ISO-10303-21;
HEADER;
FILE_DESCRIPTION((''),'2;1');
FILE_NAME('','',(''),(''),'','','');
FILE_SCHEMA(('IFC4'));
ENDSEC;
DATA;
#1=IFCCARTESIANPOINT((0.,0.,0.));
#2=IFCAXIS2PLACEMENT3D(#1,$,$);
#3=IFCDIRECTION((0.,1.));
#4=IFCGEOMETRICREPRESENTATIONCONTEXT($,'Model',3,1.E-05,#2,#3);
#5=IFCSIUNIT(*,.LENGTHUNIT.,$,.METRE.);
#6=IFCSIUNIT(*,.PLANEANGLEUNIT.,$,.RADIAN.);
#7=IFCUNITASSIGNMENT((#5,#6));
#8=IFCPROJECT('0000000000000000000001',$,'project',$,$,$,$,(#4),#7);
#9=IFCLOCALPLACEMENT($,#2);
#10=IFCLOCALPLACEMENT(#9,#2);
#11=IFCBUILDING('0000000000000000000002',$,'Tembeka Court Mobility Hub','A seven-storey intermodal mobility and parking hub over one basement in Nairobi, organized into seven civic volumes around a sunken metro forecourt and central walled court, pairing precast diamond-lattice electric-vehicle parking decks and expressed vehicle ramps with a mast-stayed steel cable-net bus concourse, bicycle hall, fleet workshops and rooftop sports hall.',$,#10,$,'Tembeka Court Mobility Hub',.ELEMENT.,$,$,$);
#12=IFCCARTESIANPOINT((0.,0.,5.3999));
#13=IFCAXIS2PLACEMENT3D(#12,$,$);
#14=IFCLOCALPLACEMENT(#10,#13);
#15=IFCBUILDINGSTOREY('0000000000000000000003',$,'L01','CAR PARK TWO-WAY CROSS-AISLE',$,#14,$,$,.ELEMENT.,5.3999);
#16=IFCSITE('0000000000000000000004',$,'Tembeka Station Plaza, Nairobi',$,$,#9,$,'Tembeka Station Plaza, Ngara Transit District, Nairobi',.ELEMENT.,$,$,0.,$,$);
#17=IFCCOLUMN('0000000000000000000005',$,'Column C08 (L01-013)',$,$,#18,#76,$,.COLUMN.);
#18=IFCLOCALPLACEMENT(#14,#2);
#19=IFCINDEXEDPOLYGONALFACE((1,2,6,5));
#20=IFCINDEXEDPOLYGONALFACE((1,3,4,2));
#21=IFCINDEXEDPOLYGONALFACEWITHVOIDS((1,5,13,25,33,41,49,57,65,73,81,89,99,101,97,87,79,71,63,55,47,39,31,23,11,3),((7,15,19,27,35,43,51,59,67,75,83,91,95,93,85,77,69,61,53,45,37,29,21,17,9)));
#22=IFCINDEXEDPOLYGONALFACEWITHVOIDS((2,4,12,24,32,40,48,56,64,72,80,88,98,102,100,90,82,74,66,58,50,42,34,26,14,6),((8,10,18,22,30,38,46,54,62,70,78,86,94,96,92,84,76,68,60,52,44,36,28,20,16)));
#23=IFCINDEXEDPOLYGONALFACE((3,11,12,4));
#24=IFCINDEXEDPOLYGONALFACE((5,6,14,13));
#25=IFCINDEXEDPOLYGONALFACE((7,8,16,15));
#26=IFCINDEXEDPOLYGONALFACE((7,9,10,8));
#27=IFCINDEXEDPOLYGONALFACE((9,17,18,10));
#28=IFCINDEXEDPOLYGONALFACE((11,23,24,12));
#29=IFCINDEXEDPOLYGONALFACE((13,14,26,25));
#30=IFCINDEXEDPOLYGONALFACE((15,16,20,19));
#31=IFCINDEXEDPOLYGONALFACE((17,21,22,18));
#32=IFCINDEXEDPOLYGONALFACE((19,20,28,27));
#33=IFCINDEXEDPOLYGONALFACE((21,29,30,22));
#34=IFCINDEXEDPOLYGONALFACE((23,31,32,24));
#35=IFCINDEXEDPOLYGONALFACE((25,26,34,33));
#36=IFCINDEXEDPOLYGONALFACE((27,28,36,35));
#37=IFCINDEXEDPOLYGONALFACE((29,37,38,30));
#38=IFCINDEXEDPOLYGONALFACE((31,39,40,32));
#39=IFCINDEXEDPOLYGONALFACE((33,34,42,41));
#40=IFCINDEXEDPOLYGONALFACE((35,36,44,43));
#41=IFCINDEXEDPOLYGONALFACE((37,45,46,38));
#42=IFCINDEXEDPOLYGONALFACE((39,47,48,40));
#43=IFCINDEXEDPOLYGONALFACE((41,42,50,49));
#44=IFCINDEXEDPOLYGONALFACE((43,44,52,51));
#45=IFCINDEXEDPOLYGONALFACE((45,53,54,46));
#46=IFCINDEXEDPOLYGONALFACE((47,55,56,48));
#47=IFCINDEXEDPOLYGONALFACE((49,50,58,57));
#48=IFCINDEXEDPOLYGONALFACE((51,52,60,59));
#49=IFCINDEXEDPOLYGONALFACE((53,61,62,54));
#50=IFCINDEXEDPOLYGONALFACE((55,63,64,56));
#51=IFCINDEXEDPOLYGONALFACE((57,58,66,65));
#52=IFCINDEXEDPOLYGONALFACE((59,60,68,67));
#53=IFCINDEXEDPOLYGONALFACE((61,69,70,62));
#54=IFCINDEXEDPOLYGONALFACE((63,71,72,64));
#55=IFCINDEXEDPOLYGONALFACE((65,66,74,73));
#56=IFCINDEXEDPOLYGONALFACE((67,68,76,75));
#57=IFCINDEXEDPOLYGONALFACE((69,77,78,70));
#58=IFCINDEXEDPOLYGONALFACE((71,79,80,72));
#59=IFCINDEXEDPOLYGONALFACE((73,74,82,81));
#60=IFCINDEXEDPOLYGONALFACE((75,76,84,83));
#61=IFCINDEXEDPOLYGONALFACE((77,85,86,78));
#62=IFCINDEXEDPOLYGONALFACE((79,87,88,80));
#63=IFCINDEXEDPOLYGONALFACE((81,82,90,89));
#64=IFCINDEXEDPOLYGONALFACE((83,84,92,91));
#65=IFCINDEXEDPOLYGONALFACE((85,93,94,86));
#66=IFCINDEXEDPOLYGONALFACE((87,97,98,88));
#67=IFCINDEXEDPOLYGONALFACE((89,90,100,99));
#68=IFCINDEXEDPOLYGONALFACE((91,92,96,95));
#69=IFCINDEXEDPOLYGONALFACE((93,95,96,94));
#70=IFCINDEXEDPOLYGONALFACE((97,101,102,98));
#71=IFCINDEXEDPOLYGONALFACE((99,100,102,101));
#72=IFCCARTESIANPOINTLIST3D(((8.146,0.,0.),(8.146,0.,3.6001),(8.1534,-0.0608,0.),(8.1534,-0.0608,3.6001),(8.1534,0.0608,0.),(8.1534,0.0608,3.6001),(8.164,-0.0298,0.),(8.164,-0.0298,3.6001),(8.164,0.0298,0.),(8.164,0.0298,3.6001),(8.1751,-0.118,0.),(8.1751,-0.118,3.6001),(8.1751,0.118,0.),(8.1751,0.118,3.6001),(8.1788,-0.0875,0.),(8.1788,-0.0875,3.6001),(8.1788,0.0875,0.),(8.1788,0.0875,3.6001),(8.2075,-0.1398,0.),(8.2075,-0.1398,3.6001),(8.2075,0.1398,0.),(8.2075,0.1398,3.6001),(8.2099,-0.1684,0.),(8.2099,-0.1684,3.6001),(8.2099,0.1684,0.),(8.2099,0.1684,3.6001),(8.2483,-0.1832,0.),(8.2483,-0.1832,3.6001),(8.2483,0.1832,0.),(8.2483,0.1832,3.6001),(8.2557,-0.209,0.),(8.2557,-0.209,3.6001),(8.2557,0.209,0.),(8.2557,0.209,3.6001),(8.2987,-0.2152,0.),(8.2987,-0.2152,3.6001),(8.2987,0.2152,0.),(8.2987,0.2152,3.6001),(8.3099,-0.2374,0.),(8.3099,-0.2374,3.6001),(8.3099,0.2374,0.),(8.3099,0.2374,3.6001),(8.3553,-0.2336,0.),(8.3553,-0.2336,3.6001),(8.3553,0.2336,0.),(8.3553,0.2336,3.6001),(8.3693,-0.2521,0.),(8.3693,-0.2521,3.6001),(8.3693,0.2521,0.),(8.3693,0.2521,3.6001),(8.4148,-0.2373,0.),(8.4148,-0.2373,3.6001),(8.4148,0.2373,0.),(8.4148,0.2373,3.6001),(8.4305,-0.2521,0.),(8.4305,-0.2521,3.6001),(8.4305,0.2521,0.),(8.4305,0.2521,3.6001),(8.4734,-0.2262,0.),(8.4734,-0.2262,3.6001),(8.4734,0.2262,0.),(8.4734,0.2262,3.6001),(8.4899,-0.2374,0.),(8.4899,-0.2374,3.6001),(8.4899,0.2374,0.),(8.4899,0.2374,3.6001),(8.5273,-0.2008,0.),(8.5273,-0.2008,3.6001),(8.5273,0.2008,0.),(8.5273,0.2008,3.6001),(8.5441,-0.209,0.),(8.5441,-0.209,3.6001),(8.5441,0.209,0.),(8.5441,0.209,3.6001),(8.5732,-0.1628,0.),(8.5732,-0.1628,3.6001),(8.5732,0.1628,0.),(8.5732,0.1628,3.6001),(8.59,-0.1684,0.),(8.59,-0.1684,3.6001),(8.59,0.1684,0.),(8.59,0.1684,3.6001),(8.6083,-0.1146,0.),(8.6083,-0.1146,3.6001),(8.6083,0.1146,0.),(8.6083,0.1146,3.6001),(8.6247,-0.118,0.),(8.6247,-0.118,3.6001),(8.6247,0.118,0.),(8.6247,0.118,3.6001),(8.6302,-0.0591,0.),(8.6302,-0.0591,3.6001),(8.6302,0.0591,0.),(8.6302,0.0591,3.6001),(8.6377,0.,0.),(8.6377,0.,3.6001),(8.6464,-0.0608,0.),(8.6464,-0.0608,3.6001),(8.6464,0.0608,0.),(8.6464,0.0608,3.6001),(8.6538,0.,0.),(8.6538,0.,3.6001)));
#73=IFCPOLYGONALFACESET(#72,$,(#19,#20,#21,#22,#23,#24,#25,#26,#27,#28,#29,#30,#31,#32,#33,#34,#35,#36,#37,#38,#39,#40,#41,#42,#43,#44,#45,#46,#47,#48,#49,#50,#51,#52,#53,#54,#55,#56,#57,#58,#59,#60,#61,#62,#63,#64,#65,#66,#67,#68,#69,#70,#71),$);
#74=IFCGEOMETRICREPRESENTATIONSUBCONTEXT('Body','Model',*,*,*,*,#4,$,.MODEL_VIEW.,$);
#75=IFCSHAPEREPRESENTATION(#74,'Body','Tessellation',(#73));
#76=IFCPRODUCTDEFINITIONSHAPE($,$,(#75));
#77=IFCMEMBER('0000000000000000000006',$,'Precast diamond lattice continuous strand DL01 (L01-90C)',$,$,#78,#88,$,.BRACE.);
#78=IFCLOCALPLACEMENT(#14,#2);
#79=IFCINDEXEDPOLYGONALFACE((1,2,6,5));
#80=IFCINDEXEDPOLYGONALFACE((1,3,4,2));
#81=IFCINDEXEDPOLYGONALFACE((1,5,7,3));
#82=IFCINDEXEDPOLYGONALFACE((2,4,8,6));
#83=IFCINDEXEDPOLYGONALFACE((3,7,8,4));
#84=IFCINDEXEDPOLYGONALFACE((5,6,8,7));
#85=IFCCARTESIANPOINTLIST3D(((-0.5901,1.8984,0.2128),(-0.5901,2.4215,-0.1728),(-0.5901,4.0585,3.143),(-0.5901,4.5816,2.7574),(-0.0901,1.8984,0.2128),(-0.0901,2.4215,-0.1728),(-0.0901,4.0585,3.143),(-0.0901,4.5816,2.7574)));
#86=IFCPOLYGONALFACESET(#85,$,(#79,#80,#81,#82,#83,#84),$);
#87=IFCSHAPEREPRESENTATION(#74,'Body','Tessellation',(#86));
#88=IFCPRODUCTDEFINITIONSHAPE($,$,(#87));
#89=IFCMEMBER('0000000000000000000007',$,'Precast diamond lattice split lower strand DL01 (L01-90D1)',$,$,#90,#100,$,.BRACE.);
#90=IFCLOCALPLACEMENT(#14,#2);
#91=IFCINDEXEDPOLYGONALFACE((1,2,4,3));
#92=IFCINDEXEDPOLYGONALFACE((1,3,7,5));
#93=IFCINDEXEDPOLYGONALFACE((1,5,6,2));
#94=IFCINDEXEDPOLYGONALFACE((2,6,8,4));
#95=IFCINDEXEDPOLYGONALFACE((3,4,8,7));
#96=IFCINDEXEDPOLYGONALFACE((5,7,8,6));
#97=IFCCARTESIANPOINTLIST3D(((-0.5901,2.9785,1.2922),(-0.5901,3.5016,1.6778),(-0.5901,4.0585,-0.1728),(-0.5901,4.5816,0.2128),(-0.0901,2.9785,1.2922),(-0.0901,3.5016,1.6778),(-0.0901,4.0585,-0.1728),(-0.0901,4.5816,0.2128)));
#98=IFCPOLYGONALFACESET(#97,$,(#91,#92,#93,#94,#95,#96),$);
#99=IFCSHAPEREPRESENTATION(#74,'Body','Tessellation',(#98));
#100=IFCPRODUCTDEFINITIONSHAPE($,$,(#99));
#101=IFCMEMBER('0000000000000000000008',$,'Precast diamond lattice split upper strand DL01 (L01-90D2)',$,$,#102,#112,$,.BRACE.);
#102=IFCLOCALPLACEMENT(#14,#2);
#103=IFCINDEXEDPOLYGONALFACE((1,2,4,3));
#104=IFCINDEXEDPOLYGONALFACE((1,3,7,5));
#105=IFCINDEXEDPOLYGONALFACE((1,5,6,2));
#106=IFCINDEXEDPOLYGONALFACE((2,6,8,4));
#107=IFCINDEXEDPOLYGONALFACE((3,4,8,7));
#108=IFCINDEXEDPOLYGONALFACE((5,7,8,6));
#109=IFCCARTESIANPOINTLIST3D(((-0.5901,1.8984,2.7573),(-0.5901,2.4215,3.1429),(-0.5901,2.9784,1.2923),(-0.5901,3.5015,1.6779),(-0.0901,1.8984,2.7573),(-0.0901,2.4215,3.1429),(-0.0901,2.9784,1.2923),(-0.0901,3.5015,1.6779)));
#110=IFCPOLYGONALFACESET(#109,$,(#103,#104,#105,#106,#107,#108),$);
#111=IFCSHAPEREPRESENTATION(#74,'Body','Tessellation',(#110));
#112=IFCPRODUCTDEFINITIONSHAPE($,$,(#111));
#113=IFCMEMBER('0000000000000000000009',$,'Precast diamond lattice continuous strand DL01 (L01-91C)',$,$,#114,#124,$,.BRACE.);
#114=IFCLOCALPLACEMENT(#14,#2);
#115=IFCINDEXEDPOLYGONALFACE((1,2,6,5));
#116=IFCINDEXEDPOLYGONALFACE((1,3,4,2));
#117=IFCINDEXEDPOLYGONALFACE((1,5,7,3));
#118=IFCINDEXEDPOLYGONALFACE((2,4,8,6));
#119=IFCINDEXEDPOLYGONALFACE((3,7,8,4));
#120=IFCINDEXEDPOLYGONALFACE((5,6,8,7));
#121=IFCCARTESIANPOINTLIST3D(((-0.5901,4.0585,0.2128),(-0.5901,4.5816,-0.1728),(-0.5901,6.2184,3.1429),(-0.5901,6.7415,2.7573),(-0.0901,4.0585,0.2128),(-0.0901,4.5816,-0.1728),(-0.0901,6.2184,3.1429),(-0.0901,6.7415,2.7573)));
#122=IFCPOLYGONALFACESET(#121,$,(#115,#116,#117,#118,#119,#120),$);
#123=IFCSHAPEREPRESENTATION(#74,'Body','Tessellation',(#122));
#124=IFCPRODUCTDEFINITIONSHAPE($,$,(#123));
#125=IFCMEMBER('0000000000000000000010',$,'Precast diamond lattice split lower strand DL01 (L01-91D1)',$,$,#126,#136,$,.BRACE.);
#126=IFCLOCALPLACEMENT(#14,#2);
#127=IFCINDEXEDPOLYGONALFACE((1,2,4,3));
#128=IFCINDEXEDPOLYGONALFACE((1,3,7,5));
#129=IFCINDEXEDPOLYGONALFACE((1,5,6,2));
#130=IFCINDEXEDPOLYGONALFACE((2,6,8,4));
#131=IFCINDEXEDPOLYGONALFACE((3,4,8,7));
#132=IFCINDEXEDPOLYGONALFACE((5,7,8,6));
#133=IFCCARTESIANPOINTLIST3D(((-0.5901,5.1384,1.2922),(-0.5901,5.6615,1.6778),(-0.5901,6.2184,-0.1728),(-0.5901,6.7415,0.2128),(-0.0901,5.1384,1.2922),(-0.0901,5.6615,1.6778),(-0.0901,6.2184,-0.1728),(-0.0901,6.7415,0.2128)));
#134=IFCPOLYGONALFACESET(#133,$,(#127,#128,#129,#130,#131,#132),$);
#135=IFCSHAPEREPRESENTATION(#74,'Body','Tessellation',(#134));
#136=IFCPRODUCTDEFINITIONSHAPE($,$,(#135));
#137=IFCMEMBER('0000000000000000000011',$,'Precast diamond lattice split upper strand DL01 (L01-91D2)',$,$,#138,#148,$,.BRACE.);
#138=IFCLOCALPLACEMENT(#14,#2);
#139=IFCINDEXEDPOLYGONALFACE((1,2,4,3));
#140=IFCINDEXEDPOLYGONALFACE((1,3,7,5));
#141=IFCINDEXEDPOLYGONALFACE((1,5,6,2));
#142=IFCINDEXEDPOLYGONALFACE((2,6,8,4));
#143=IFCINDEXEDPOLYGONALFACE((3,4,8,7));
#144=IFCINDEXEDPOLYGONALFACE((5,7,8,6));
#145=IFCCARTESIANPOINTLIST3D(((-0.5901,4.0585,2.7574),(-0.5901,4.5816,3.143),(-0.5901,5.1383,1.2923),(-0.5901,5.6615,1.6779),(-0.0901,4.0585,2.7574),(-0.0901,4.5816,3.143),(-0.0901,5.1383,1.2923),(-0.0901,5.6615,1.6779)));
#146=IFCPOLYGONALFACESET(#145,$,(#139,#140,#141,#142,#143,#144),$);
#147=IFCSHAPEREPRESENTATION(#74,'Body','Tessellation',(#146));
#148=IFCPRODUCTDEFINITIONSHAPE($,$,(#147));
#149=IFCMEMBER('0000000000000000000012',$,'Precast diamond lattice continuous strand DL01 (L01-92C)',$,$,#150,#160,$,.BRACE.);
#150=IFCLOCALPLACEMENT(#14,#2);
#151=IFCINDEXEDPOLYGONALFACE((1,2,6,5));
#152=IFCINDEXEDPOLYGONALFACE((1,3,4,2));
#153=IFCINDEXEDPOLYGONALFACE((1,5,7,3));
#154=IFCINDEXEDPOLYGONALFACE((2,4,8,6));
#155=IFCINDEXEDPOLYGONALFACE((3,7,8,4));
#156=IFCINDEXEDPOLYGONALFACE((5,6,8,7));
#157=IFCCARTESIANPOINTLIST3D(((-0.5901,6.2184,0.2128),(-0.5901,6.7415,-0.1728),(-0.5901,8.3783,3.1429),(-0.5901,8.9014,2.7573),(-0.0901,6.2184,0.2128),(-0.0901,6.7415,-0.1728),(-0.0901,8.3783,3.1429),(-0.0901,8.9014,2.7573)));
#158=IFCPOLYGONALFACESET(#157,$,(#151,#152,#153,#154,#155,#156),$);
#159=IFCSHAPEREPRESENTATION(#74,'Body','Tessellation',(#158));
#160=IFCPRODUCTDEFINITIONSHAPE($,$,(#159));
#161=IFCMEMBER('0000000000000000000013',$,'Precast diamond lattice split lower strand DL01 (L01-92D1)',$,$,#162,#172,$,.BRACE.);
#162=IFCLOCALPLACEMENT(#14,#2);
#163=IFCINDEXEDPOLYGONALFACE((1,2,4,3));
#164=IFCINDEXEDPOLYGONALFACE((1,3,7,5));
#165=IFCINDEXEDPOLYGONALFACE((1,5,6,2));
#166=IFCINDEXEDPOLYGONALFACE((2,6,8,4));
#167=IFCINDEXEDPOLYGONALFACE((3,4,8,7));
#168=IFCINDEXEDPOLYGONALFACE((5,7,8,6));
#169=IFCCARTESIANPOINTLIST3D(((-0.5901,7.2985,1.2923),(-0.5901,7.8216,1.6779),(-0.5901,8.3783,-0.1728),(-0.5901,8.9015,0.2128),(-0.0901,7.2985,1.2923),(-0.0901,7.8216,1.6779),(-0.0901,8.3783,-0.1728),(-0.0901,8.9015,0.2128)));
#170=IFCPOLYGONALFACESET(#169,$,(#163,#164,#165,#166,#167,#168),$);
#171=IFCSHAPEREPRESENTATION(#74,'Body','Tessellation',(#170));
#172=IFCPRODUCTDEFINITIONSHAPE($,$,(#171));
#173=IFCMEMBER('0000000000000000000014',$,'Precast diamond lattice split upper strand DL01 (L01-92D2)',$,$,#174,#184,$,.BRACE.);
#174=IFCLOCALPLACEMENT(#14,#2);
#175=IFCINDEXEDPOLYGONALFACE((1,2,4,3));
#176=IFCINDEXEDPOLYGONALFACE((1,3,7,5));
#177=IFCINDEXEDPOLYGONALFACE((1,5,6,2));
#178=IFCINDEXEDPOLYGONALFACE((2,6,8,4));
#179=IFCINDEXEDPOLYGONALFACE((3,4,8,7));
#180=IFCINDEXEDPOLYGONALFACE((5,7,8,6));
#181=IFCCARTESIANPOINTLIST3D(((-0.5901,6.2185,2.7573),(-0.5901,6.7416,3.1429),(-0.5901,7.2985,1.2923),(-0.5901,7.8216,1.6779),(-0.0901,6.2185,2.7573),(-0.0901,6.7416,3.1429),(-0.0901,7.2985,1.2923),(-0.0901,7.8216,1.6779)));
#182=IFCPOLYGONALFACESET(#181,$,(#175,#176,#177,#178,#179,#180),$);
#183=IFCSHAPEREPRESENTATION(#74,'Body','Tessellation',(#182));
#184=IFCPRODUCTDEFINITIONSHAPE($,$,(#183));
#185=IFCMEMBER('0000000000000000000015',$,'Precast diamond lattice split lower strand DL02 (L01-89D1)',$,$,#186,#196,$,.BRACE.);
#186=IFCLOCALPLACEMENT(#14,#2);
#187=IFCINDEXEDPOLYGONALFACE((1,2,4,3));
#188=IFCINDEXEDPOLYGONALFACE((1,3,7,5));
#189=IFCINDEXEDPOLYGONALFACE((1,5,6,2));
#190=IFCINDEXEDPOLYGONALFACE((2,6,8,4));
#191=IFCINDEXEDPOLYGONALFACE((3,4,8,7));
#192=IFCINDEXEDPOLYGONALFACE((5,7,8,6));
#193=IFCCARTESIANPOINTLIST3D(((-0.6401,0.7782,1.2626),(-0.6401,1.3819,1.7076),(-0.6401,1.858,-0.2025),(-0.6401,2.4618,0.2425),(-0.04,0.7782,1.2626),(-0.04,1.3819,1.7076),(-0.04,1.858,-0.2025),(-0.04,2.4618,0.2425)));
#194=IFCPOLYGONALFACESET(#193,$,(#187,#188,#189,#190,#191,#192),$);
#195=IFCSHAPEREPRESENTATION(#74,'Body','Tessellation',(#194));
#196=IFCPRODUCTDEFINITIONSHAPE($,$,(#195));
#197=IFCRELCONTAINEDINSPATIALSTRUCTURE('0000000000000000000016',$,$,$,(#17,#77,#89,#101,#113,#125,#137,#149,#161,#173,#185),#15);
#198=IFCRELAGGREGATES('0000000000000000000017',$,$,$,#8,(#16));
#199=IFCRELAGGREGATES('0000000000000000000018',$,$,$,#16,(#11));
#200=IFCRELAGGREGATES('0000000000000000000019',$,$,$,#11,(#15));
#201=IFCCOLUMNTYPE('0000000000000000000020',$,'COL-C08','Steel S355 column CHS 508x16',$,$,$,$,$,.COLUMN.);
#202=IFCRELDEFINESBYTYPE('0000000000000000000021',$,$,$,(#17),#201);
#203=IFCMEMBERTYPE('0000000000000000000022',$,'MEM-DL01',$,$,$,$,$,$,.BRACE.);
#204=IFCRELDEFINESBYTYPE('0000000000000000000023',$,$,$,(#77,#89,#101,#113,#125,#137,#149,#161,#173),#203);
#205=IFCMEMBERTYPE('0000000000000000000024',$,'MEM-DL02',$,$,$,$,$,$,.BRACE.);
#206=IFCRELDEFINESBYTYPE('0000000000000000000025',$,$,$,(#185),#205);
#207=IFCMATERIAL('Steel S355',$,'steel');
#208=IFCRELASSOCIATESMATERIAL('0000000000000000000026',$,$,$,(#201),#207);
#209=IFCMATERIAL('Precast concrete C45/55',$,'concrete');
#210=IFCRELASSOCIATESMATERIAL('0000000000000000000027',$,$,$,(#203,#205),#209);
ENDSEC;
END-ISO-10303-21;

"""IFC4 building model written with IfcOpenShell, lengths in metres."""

from ifc_helpers import new_model, si_unit, direction, frame, origin, origin_2d, place, context, subcontext, project, spatial, rectangle, hollow_circle, extrude, material, material_profile, profile_set, type_object, element, save


model = new_model("IFC4")

# Units and contexts
model_context = context("Model", 3, precision=1e-05, world=origin(), true_north=direction((0.0, 1.0)))
body_context = subcontext(model_context, "Body", "Model", "MODEL_VIEW")
ifc_project = project(units=[si_unit("LENGTHUNIT", "METRE"), si_unit("PLANEANGLEUNIT", "RADIAN")], contexts=[model_context])

# Site, building, storey
site_placement = place(None, origin())
site = spatial("IfcSite", under=ifc_project, at=site_placement, Name="Tembeka Station Plaza, Nairobi", LongName="Tembeka Station Plaza, Ngara Transit District, Nairobi", CompositionType="ELEMENT", RefElevation=0.0)
building_placement = place(site_placement, origin())
building = spatial("IfcBuilding", under=site, at=building_placement, Name="Tembeka Court Mobility Hub", Description="A seven-storey intermodal mobility and parking hub over one basement in Nairobi, organized into seven civic volumes around a sunken metro forecourt and central walled court, pairing precast diamond-lattice electric-vehicle parking decks and expressed vehicle ramps with a mast-stayed steel cable-net bus concourse, bicycle hall, fleet workshops and rooftop sports hall.", LongName="Tembeka Court Mobility Hub", CompositionType="ELEMENT")
storey_placement = place(building_placement, frame((0.0, 0.0, 5.3999)))
storey = spatial("IfcBuildingStorey", under=building, at=storey_placement, Name="L01", Description="CAR PARK TWO-WAY CROSS-AISLE", CompositionType="ELEMENT", Elevation=5.3999)

# Column
ifc_material_1 = material(Name="Steel S355", Category="steel")
ifc_material_profile_1 = material_profile(ifc_material_1, hollow_circle(Radius=0.2539, WallThickness=0.0161, at=origin_2d()), Name="CHS 508x16")
ifc_profile_set_1 = profile_set([ifc_material_profile_1], Name="Steel S355")
column_type = type_object("IfcColumnType", Name="COL-C08", Description="Steel S355 column CHS 508x16", PredefinedType="COLUMN", material=ifc_profile_set_1)
column_placement = place(storey_placement, frame((8.3999, 0.0, 0.0), z_axis=(0.0, 0.0, 1.0), x_axis=(1.0, 0.0, 0.0)))
element("IfcColumn", 1, at=column_placement, inside=storey, type_object=column_type, Name="Column C08 (L01-013)", PredefinedType="COLUMN", context=body_context, shape_type="SweptSolid", body=[
    extrude(hollow_circle(Radius=0.2539, WallThickness=0.0161, at=origin_2d()), origin(), (0.0, 0.0, 1.0), 3.6001),
])

# Members
ifc_material_2 = material(Name="Precast concrete C45/55", Category="concrete")
ifc_material_profile_2 = material_profile(ifc_material_2, rectangle(XDim=0.5, YDim=0.6499, at=origin_2d()), Name="PC-DIAG 500x650")
ifc_profile_set_2 = profile_set([ifc_material_profile_2], Name="Precast concrete C45/55")
member_type_1 = type_object("IfcMemberType", Name="MEM-DL01", PredefinedType="BRACE", material=ifc_profile_set_2)
member_1_placement = place(storey_placement, frame((-0.3401, 2.1599, 0.02), z_axis=(0.0, 0.593391, 0.804914), x_axis=(-1.0, 0.0, 0.0)))
element("IfcMember", 2, at=member_1_placement, inside=storey, type_object=member_type_1, Name="Precast diamond lattice continuous strand DL01 (L01-90C)", PredefinedType="BRACE", context=body_context, shape_type="SweptSolid", body=[
    extrude(rectangle(XDim=0.5, YDim=0.6499, at=origin_2d()), origin(), (0.0, 0.0, 1.0), 3.6404),
])
for number, where, z_axis, x_axis, name in (
    (3, (-0.3401, 4.3201, 0.02), (0.0, -0.593391, 0.804914), (1.0, 0.0, 0.0), "Precast diamond lattice split lower strand DL01 (L01-90D1)"),
    (4, (-0.3401, 3.24, 1.4851), (0.0, -0.593391, 0.804914), (1.0, 0.0, 0.0), "Precast diamond lattice split upper strand DL01 (L01-90D2)"),
):
    element("IfcMember", number, at=place(storey_placement, frame(where, z_axis=z_axis, x_axis=x_axis)), inside=storey, type_object=member_type_1, Name=name, PredefinedType="BRACE", context=body_context, shape_type="SweptSolid", body=[
        extrude(rectangle(XDim=0.5, YDim=0.6499, at=origin_2d()), origin(), (0.0, 0.0, 1.0), 1.8201),
    ])
member_2_placement = place(storey_placement, frame((-0.3401, 4.3201, 0.02), z_axis=(0.0, 0.593348, 0.804946), x_axis=(-1.0, 0.0, 0.0)))
element("IfcMember", 5, at=member_2_placement, inside=storey, type_object=member_type_1, Name="Precast diamond lattice continuous strand DL01 (L01-91C)", PredefinedType="BRACE", context=body_context, shape_type="SweptSolid", body=[
    extrude(rectangle(XDim=0.5, YDim=0.6499, at=origin_2d()), origin(), (0.0, 0.0, 1.0), 3.6401),
])
for number, where, z_axis, x_axis, name in (
    (6, (-0.3401, 6.48, 0.02), (0.0, -0.593391, 0.804914), (1.0, 0.0, 0.0), "Precast diamond lattice split lower strand DL01 (L01-91D1)"),
    (7, (-0.3401, 5.3999, 1.4851), (0.0, -0.593304, 0.804978), (1.0, 0.0, 0.0), "Precast diamond lattice split upper strand DL01 (L01-91D2)"),
):
    element("IfcMember", number, at=place(storey_placement, frame(where, z_axis=z_axis, x_axis=x_axis)), inside=storey, type_object=member_type_1, Name=name, PredefinedType="BRACE", context=body_context, shape_type="SweptSolid", body=[
        extrude(rectangle(XDim=0.5, YDim=0.6499, at=origin_2d()), origin(), (0.0, 0.0, 1.0), 1.8201),
    ])
member_3_placement = place(storey_placement, frame((-0.3401, 6.48, 0.02), z_axis=(0.0, 0.593348, 0.804946), x_axis=(-1.0, 0.0, 0.0)))
element("IfcMember", 8, at=member_3_placement, inside=storey, type_object=member_type_1, Name="Precast diamond lattice continuous strand DL01 (L01-92C)", PredefinedType="BRACE", context=body_context, shape_type="SweptSolid", body=[
    extrude(rectangle(XDim=0.5, YDim=0.6499, at=origin_2d()), origin(), (0.0, 0.0, 1.0), 3.6401),
])
for number, where, z_axis, x_axis, name in (
    (9, (-0.3401, 8.6399, 0.02), (0.0, -0.593304, 0.804978), (1.0, 0.0, 0.0), "Precast diamond lattice split lower strand DL01 (L01-92D1)"),
    (10, (-0.3401, 7.5601, 1.4851), (0.0, -0.593391, 0.804914), (1.0, 0.0, 0.0), "Precast diamond lattice split upper strand DL01 (L01-92D2)"),
):
    element("IfcMember", number, at=place(storey_placement, frame(where, z_axis=z_axis, x_axis=x_axis)), inside=storey, type_object=member_type_1, Name=name, PredefinedType="BRACE", context=body_context, shape_type="SweptSolid", body=[
        extrude(rectangle(XDim=0.5, YDim=0.6499, at=origin_2d()), origin(), (0.0, 0.0, 1.0), 1.8201),
    ])
ifc_material_profile_3 = material_profile(ifc_material_2, rectangle(XDim=0.6001, YDim=0.75, at=origin_2d()), Name="PC-DIAG 600x750")
ifc_profile_set_3 = profile_set([ifc_material_profile_3], Name="Precast concrete C45/55")
member_type_2 = type_object("IfcMemberType", Name="MEM-DL02", PredefinedType="BRACE", material=ifc_profile_set_3)
for number, where, z_axis, x_axis, name in (
    (11, (-0.3401, 2.1599, 0.02), (0.0, -0.593304, 0.804978), (1.0, 0.0, 0.0), "Precast diamond lattice split lower strand DL02 (L01-89D1)"),
):
    element("IfcMember", number, at=place(storey_placement, frame(where, z_axis=z_axis, x_axis=x_axis)), inside=storey, type_object=member_type_2, Name=name, PredefinedType="BRACE", context=body_context, shape_type="SweptSolid", body=[
        extrude(rectangle(XDim=0.6001, YDim=0.75, at=origin_2d()), origin(), (0.0, 0.0, 1.0), 1.8201),
    ])

save(model, "model.ifc")
